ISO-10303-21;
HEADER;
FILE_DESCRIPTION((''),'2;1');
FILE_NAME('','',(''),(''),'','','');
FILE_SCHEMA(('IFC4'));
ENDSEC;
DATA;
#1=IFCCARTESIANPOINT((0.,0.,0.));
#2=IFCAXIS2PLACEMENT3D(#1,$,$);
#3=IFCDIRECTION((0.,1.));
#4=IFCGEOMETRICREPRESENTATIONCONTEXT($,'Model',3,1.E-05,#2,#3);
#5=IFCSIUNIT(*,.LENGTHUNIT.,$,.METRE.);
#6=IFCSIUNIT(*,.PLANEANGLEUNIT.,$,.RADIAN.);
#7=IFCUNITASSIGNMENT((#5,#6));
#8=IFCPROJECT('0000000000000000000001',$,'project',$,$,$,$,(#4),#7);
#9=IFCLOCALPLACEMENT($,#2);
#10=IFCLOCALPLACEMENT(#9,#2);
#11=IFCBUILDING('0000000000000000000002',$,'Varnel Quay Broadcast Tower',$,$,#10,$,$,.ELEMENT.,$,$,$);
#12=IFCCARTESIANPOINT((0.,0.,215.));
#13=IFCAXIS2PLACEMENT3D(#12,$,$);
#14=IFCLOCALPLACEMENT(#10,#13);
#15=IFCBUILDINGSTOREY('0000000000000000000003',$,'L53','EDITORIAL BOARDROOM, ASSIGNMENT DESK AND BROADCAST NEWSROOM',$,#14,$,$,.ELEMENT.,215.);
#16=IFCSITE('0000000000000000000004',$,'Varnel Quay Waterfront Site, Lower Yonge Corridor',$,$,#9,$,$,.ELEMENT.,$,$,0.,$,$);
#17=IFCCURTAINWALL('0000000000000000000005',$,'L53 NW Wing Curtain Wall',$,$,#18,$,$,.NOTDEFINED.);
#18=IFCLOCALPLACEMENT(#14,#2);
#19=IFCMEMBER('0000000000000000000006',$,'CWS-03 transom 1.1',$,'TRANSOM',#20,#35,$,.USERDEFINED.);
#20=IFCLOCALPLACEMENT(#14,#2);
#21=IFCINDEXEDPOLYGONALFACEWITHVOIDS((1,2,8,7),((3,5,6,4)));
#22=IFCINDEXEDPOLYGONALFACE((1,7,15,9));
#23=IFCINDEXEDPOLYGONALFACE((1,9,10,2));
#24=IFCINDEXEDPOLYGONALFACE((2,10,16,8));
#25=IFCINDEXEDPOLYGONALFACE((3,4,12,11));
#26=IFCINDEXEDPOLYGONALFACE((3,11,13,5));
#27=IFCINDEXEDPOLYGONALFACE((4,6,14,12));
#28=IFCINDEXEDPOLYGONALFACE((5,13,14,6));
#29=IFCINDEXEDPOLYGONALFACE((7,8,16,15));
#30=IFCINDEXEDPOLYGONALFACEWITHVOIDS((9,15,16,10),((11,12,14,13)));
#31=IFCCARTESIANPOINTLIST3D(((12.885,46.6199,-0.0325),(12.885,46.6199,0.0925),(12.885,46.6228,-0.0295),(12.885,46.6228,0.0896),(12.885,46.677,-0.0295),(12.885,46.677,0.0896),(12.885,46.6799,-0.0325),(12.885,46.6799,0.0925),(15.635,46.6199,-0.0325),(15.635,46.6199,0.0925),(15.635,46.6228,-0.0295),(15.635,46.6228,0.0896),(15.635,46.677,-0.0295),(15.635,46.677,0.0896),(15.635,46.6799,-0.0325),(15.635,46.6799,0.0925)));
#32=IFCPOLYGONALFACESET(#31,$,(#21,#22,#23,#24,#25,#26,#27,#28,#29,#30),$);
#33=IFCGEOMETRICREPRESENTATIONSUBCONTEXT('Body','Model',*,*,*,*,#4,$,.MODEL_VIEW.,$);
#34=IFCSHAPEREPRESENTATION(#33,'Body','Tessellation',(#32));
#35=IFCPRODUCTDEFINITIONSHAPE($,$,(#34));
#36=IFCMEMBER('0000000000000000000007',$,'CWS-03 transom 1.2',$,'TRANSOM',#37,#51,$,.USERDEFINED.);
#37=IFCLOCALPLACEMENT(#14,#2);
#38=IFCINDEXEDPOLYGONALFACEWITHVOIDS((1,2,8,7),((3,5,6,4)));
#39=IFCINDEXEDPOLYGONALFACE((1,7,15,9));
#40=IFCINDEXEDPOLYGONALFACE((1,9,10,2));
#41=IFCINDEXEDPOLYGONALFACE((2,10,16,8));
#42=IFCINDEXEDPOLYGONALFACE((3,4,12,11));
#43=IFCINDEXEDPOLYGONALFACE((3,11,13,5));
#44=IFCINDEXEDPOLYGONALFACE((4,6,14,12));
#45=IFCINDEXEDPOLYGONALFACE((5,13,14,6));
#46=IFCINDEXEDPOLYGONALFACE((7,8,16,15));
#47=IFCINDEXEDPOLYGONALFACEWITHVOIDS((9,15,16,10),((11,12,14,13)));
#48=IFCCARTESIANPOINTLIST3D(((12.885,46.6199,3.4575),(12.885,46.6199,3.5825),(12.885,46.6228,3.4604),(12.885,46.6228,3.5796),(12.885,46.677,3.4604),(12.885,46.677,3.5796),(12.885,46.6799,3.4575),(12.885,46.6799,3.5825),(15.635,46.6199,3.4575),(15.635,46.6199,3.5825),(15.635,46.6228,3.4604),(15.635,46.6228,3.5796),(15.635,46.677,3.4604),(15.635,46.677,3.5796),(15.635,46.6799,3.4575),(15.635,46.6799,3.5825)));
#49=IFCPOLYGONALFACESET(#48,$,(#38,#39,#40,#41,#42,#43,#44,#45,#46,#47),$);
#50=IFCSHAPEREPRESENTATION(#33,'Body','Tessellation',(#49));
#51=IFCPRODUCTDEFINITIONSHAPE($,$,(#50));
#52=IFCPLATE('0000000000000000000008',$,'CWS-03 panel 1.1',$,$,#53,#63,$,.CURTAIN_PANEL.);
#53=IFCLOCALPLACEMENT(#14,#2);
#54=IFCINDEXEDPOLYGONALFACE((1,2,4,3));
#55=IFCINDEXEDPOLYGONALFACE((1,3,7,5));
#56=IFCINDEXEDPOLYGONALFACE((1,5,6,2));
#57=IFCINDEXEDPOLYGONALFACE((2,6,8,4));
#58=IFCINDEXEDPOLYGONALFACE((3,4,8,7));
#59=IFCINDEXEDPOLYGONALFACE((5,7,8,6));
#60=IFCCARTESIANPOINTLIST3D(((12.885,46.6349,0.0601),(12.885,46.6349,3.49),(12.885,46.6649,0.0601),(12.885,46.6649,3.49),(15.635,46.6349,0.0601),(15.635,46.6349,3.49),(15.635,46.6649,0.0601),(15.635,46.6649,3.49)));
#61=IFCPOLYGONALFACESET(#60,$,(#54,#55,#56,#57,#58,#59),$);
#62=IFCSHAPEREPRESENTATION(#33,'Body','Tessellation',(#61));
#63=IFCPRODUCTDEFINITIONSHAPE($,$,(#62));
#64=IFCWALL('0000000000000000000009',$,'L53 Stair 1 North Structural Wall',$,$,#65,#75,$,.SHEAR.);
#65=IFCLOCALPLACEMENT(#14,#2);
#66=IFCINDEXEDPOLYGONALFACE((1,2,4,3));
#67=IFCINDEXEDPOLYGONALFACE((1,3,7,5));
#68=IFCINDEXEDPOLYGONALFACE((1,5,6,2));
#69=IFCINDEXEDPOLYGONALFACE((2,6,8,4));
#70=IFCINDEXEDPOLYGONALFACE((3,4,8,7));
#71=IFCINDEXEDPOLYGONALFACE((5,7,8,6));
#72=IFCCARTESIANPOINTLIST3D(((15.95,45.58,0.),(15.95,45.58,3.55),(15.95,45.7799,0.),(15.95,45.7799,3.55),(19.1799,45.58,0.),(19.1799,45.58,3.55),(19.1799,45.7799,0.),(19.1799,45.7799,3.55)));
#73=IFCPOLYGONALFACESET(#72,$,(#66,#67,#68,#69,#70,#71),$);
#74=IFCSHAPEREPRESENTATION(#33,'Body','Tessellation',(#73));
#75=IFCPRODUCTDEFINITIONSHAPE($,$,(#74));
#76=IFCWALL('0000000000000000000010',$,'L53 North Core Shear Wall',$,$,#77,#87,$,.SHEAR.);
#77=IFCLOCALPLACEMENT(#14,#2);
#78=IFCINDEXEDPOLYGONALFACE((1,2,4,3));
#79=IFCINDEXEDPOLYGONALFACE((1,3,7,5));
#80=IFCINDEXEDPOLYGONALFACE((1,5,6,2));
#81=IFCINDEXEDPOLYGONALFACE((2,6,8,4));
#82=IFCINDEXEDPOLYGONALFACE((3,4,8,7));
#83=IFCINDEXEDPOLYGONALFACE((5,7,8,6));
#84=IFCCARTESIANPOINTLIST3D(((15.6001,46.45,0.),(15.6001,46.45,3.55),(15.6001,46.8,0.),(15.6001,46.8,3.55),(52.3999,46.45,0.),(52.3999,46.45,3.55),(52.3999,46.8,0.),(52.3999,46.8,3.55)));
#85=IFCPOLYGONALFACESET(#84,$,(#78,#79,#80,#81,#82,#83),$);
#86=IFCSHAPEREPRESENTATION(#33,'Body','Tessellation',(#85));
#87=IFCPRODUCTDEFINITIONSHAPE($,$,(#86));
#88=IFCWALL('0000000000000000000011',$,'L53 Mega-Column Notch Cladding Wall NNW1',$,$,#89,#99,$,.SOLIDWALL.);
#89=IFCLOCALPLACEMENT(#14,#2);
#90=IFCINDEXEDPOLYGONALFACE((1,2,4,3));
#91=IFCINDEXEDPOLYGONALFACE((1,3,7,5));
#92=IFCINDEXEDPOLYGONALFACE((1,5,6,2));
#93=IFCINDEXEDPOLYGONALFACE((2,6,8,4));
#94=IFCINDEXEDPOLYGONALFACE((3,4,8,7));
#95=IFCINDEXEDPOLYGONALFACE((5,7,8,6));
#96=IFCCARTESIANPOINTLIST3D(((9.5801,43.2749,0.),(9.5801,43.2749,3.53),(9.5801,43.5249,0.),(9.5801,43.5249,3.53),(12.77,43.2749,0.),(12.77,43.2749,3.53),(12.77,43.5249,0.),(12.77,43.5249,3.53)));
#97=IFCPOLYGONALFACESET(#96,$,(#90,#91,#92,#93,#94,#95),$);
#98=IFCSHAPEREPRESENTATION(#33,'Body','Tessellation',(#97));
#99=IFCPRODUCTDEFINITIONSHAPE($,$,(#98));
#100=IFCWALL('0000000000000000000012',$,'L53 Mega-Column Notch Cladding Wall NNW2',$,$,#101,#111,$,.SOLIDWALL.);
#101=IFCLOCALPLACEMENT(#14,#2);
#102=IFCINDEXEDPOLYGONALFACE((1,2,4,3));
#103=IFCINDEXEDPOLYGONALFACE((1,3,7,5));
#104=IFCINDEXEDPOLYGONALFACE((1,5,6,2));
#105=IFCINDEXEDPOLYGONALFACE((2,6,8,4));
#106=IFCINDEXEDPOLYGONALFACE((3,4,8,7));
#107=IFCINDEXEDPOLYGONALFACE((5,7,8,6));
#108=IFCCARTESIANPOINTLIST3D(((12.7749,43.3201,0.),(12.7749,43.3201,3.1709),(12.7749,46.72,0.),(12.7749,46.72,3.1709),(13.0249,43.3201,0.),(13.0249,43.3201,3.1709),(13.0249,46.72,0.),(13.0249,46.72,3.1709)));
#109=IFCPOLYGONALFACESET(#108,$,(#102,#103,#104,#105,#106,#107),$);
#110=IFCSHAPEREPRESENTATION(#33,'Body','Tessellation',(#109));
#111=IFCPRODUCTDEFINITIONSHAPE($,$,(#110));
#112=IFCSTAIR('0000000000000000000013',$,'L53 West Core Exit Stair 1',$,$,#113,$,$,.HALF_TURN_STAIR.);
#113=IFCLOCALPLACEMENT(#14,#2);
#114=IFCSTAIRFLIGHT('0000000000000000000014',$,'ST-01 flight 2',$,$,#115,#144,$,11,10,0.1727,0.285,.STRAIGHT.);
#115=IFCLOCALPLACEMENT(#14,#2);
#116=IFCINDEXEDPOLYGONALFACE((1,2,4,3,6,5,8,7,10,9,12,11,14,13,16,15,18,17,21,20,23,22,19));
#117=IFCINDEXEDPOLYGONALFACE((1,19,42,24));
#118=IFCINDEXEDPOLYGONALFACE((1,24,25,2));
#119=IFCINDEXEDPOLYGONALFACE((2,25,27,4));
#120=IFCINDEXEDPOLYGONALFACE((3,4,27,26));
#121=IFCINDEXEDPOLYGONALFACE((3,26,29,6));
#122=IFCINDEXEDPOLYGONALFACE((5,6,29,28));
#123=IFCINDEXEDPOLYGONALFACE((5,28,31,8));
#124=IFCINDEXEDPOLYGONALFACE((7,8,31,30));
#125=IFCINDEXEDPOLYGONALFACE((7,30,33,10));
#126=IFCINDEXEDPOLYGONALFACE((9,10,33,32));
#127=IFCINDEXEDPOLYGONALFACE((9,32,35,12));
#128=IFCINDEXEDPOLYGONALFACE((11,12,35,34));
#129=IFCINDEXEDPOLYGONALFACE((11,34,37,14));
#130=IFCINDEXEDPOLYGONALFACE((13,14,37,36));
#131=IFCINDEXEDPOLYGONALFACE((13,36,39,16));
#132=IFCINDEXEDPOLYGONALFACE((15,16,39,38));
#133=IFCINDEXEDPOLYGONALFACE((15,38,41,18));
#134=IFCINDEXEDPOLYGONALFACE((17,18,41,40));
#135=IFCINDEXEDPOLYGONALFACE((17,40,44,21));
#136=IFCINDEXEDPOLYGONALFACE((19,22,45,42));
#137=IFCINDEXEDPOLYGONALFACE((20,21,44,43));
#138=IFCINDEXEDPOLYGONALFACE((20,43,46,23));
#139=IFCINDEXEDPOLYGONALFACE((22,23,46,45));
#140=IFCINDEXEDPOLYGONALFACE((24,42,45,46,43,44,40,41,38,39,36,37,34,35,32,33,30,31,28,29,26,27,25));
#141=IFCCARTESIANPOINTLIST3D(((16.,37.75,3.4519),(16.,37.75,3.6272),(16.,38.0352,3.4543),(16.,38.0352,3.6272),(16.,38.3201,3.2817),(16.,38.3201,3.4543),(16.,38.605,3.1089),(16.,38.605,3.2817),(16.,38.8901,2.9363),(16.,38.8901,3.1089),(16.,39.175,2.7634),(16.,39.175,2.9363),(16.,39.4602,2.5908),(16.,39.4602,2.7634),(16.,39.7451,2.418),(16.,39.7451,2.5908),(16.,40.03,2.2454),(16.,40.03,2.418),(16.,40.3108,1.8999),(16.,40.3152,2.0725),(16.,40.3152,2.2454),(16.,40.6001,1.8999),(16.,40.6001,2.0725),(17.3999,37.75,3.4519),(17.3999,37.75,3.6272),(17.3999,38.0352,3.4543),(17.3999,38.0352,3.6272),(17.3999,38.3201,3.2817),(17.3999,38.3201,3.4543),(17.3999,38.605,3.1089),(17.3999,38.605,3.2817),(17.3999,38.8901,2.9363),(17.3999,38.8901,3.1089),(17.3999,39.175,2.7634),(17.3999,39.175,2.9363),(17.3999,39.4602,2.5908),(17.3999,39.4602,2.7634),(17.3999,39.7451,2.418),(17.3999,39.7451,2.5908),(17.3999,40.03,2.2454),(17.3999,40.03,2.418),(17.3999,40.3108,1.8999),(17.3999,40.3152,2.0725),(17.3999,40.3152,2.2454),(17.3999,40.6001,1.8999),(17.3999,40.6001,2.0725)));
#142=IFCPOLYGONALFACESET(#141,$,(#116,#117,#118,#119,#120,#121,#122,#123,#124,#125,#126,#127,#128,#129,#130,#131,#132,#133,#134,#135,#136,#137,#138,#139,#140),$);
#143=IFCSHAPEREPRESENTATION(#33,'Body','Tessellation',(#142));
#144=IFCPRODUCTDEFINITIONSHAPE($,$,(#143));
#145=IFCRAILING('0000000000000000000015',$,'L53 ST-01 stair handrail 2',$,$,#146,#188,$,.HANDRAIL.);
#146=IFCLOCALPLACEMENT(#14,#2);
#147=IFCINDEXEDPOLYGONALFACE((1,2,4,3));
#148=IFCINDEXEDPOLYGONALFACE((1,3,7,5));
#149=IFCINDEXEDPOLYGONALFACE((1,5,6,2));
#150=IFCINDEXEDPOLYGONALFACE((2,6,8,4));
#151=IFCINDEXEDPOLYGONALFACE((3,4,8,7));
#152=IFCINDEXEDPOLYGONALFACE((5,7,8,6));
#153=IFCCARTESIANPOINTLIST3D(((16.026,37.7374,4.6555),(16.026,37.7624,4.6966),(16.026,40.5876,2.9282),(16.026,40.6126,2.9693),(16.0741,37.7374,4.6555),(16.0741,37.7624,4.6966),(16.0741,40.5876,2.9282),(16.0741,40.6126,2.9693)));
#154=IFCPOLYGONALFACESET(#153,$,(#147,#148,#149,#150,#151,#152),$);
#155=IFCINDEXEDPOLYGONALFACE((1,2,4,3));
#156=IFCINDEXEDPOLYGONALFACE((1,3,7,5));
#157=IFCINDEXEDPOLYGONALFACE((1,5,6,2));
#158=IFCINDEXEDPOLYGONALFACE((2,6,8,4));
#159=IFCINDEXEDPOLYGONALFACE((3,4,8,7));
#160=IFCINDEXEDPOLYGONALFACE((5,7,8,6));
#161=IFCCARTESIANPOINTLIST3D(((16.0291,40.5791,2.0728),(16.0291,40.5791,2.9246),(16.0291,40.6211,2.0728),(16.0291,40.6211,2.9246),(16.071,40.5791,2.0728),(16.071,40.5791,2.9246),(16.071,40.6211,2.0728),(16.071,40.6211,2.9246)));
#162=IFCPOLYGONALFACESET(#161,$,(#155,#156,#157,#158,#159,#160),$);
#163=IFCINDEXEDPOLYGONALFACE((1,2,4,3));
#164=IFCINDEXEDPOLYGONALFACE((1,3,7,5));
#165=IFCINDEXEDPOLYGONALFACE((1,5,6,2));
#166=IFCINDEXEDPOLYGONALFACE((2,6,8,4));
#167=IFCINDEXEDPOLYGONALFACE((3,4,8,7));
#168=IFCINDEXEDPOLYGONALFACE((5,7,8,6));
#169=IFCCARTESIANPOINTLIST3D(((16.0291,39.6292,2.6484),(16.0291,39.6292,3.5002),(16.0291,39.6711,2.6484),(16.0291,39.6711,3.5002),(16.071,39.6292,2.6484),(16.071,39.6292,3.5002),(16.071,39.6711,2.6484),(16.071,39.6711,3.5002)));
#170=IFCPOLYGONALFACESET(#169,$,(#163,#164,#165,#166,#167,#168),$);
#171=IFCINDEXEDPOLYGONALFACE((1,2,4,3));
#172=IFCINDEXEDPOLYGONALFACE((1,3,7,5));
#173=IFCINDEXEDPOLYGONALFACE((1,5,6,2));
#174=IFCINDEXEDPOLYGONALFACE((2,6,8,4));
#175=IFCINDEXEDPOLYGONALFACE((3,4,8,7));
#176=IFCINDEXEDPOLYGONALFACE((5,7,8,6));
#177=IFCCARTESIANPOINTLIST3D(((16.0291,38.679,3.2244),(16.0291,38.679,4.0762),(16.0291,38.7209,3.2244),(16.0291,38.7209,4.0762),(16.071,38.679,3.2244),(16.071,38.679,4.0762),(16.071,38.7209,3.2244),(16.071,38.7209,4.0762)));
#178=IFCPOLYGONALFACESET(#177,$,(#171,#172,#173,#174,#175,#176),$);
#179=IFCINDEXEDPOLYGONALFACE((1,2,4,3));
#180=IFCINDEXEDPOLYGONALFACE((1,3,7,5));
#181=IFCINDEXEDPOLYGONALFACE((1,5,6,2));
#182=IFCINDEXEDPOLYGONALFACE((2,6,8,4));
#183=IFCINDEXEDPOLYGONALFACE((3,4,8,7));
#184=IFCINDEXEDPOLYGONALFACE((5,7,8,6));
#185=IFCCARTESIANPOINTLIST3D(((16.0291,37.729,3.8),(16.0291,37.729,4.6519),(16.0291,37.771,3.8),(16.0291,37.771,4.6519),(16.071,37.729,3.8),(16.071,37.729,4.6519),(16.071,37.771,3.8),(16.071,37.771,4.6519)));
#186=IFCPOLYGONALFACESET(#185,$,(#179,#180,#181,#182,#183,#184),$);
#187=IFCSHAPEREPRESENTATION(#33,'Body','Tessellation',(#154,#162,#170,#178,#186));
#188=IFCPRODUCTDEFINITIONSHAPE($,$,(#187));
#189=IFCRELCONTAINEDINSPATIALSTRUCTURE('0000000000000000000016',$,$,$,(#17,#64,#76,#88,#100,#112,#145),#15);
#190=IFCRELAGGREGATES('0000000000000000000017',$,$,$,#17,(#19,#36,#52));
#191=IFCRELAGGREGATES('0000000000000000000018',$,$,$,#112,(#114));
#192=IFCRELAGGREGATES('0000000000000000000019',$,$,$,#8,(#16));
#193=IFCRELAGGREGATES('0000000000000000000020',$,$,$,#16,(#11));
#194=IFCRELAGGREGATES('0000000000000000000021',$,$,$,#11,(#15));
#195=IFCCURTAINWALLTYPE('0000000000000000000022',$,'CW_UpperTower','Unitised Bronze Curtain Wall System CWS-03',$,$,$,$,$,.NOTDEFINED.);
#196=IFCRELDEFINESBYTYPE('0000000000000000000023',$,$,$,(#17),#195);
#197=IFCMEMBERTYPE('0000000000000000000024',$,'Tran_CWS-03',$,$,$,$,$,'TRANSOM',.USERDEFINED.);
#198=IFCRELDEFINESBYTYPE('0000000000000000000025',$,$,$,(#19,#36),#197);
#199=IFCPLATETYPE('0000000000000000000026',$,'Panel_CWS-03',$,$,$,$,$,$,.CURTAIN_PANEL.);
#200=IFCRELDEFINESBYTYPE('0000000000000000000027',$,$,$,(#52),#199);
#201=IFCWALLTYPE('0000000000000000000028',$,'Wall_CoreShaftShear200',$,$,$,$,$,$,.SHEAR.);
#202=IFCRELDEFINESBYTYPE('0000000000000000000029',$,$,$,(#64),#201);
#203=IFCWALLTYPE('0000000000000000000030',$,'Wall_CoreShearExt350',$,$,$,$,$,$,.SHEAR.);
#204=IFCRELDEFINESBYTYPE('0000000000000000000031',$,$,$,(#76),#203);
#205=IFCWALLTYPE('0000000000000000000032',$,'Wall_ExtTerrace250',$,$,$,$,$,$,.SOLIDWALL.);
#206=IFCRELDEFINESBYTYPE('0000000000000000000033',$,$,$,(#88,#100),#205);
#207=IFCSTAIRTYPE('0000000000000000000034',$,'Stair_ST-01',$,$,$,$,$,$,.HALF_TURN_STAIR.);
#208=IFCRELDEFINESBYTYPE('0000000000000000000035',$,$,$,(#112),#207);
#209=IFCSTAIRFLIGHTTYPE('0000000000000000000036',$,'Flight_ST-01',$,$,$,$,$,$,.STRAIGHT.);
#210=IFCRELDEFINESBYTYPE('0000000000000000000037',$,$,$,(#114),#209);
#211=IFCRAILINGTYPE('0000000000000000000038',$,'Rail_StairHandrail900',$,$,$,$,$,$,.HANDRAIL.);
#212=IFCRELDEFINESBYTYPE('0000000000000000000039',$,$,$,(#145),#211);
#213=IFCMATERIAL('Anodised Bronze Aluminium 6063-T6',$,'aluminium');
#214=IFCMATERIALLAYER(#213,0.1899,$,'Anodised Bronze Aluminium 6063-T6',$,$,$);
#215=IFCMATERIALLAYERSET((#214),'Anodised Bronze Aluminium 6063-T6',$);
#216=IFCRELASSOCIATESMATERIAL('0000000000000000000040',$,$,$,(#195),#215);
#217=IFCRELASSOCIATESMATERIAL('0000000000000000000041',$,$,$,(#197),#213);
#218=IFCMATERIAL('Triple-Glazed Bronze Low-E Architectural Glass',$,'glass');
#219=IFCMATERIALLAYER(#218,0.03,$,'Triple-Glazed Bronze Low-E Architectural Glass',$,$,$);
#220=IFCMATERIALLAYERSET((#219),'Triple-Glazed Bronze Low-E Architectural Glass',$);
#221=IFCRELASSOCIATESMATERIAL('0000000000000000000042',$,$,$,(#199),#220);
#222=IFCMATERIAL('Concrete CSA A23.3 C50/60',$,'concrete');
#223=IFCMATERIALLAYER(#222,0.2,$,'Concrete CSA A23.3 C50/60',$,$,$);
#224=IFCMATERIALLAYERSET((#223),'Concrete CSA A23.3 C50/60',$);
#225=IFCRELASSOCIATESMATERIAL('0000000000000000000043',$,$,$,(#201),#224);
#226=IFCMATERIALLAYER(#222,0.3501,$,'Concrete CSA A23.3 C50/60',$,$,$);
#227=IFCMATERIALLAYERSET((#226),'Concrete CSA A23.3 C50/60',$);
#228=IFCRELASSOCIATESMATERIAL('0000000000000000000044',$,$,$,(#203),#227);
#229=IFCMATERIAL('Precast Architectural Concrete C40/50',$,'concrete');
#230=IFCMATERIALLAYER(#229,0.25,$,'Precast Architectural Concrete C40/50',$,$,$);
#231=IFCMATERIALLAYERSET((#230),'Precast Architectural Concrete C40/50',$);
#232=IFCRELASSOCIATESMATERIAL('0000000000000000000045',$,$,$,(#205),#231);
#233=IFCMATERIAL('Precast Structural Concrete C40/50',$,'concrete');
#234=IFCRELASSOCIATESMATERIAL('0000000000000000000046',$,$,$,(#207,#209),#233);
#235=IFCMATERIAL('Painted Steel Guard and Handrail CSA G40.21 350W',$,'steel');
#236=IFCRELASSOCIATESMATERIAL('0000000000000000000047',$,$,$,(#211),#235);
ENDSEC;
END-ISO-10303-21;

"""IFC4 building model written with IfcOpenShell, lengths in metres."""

from ifc_helpers import new_model, si_unit, direction, frame, frame_2d, origin, origin_2d, place, context, subcontext, project, spatial, polyline, rectangle, hollow_rectangle, outline, extrude, source, transform, mapped, material, layer, layer_set, material_profile, profile_set, type_object, type_shapes, element, aggregate, save


model = new_model("IFC4")

# Units and contexts
model_context = context("Model", 3, precision=1e-05, world=origin(), true_north=direction((0.0, 1.0)))
body_context = subcontext(model_context, "Body", "Model", "MODEL_VIEW")
ifc_project = project(units=[si_unit("LENGTHUNIT", "METRE"), si_unit("PLANEANGLEUNIT", "RADIAN")], contexts=[model_context])

# Site, building, storey
site_placement = place(None, origin())
site = spatial("IfcSite", under=ifc_project, at=site_placement, Name="Varnel Quay Waterfront Site, Lower Yonge Corridor", CompositionType="ELEMENT", RefElevation=0.0)
building_placement = place(site_placement, origin())
building = spatial("IfcBuilding", under=site, at=building_placement, Name="Varnel Quay Broadcast Tower", CompositionType="ELEMENT")
storey_placement = place(building_placement, frame((0.0, 0.0, 215.0)))
storey = spatial("IfcBuildingStorey", under=building, at=storey_placement, Name="L53", Description="EDITORIAL BOARDROOM, ASSIGNMENT DESK AND BROADCAST NEWSROOM", CompositionType="ELEMENT", Elevation=215.0)

# Shared definitions
ifc_material_1 = material(Name="Anodised Bronze Aluminium 6063-T6", Category="aluminium")
ifc_layer_1 = layer(ifc_material_1, 0.1899, Name="Anodised Bronze Aluminium 6063-T6")
ifc_layer_set_1 = layer_set([ifc_layer_1], Name="Anodised Bronze Aluminium 6063-T6")
curtain_wall_type = type_object("IfcCurtainWallType", Name="CW_UpperTower", Description="Unitised Bronze Curtain Wall System CWS-03", PredefinedType="NOTDEFINED", material=ifc_layer_set_1)

# Curtain wall, members, plate
curtain_wall_1_placement = place(storey_placement, origin())
curtain_wall_1 = element("IfcCurtainWall", 1, at=curtain_wall_1_placement, inside=storey, type_object=curtain_wall_type, Name="L53 NW Wing Curtain Wall", PredefinedType="NOTDEFINED")
ifc_material_profile_1 = material_profile(ifc_material_1, hollow_rectangle(XDim=0.0601, YDim=0.125, WallThickness=0.0029, at=origin_2d()), Name="ALU60X125X3")
ifc_profile_set_1 = profile_set([ifc_material_profile_1], Name="Anodised Bronze Aluminium 6063-T6")
member_type_1 = type_object("IfcMemberType", Name="Tran_CWS-03", ElementType="TRANSOM", PredefinedType="USERDEFINED", material=ifc_profile_set_1)
shared_shape_1 = source(origin(), body_context, "Body", "SweptSolid", [
    extrude(hollow_rectangle(XDim=0.0601, YDim=0.125, WallThickness=0.0029, at=origin_2d()), origin(), (0.0, 0.0, 1.0), 2.75),
])
type_shapes(member_type_1, [shared_shape_1])
member_1_placement = place(storey_placement, frame((12.885, 46.6499, 0.03), z_axis=(1.0, 0.0, 0.0), x_axis=(0.0, 1.0, 0.0)))
member_1 = element("IfcMember", 2, at=member_1_placement, type_object=member_type_1, Name="CWS-03 transom 1.1", ObjectType="TRANSOM", PredefinedType="USERDEFINED", context=body_context, shape_type="MappedRepresentation", body=[
    mapped(shared_shape_1, transform((0.0, 0.0, 0.0), x_axis=(1.0, 0.0, 0.0), y_axis=(0.0, 1.0, 0.0), z_axis=(0.0, 0.0, 1.0), scale=1.0)),
])
member_2_placement = place(storey_placement, frame((12.885, 46.6499, 3.52), z_axis=(1.0, 0.0, 0.0), x_axis=(0.0, 1.0, 0.0)))
member_2 = element("IfcMember", 3, at=member_2_placement, type_object=member_type_1, Name="CWS-03 transom 1.2", ObjectType="TRANSOM", PredefinedType="USERDEFINED", context=body_context, shape_type="MappedRepresentation", body=[
    mapped(shared_shape_1, transform((0.0, 0.0, 0.0), x_axis=(1.0, 0.0, 0.0), y_axis=(0.0, 1.0, 0.0), z_axis=(0.0, 0.0, 1.0), scale=1.0)),
])
ifc_material_2 = material(Name="Triple-Glazed Bronze Low-E Architectural Glass", Category="glass")
ifc_layer_2 = layer(ifc_material_2, 0.03, Name="Triple-Glazed Bronze Low-E Architectural Glass")
ifc_layer_set_2 = layer_set([ifc_layer_2], Name="Triple-Glazed Bronze Low-E Architectural Glass")
plate_type = type_object("IfcPlateType", Name="Panel_CWS-03", PredefinedType="CURTAIN_PANEL", material=ifc_layer_set_2)
shared_shape_2 = source(origin(), body_context, "Body", "SweptSolid", [
    extrude(rectangle(XDim=2.75, YDim=0.03, at=origin_2d()), origin(), (0.0, 0.0, 1.0), 3.4299),
])
type_shapes(plate_type, [shared_shape_2])
plate_placement = place(storey_placement, frame((14.26, 46.6499, 0.0601), z_axis=(0.0, 0.0, 1.0), x_axis=(1.0, 0.0, 0.0)))
plate = element("IfcPlate", 4, at=plate_placement, type_object=plate_type, Name="CWS-03 panel 1.1", PredefinedType="CURTAIN_PANEL", context=body_context, shape_type="MappedRepresentation", body=[
    mapped(shared_shape_2, transform((0.0, 0.0, 0.0), x_axis=(1.0, 0.0, 0.0), y_axis=(0.0, 1.0, 0.0), z_axis=(0.0, 0.0, 1.0), scale=1.0)),
])
aggregate(curtain_wall_1, [member_1, member_2, plate])

# Walls
ifc_material_3 = material(Name="Concrete CSA A23.3 C50/60", Category="concrete")
ifc_layer_3 = layer(ifc_material_3, 0.2, Name="Concrete CSA A23.3 C50/60")
ifc_layer_set_3 = layer_set([ifc_layer_3], Name="Concrete CSA A23.3 C50/60")
wall_type_1 = type_object("IfcWallType", Name="Wall_CoreShaftShear200", PredefinedType="SHEAR", material=ifc_layer_set_3)
wall_1_placement = place(storey_placement, frame((15.95, 45.6799, 0.0), z_axis=(0.0, 0.0, 1.0), x_axis=(1.0, 0.0, 0.0)))
element("IfcWall", 5, at=wall_1_placement, inside=storey, type_object=wall_type_1, Name="L53 Stair 1 North Structural Wall", PredefinedType="SHEAR", context=body_context, shape_type="SweptSolid", body=[
    extrude(rectangle(XDim=3.23, YDim=0.2, at=frame_2d((1.615, 0.0))), origin(), (0.0, 0.0, 1.0), 3.55),
])
ifc_layer_4 = layer(ifc_material_3, 0.3501, Name="Concrete CSA A23.3 C50/60")
ifc_layer_set_4 = layer_set([ifc_layer_4], Name="Concrete CSA A23.3 C50/60")
wall_type_2 = type_object("IfcWallType", Name="Wall_CoreShearExt350", PredefinedType="SHEAR", material=ifc_layer_set_4)
wall_2_placement = place(storey_placement, frame((15.6001, 46.625, 0.0), z_axis=(0.0, 0.0, 1.0), x_axis=(1.0, 0.0, 0.0)))
element("IfcWall", 6, at=wall_2_placement, inside=storey, type_object=wall_type_2, Name="L53 North Core Shear Wall", PredefinedType="SHEAR", context=body_context, shape_type="SweptSolid", body=[
    extrude(rectangle(XDim=36.7998, YDim=0.3501, at=frame_2d((18.3999, 0.0))), origin(), (0.0, 0.0, 1.0), 3.55),
])
ifc_material_4 = material(Name="Precast Architectural Concrete C40/50", Category="concrete")
ifc_layer_5 = layer(ifc_material_4, 0.25, Name="Precast Architectural Concrete C40/50")
ifc_layer_set_5 = layer_set([ifc_layer_5], Name="Precast Architectural Concrete C40/50")
wall_type_3 = type_object("IfcWallType", Name="Wall_ExtTerrace250", PredefinedType="SOLIDWALL", material=ifc_layer_set_5)
wall_3_placement = place(storey_placement, frame((9.5801, 43.3999, 0.0), z_axis=(0.0, 0.0, 1.0), x_axis=(1.0, 0.0, 0.0)))
element("IfcWall", 7, at=wall_3_placement, inside=storey, type_object=wall_type_3, Name="L53 Mega-Column Notch Cladding Wall NNW1", PredefinedType="SOLIDWALL", context=body_context, shape_type="SweptSolid", body=[
    extrude(rectangle(XDim=3.1899, YDim=0.25, at=frame_2d((1.595, 0.0))), origin(), (0.0, 0.0, 1.0), 3.53),
])
wall_4_placement = place(storey_placement, frame((12.8999, 43.3201, 0.0), z_axis=(0.0, 0.0, 1.0), x_axis=(0.0, 1.0, 0.0)))
element("IfcWall", 8, at=wall_4_placement, inside=storey, type_object=wall_type_3, Name="L53 Mega-Column Notch Cladding Wall NNW2", PredefinedType="SOLIDWALL", context=body_context, shape_type="SweptSolid", body=[
    extrude(rectangle(XDim=3.3999, YDim=0.25, at=frame_2d((1.7, 0.0))), origin(), (0.0, 0.0, 1.0), 3.1709),
])

# Stair, stair flight
ifc_material_5 = material(Name="Precast Structural Concrete C40/50", Category="concrete")
stair_type = type_object("IfcStairType", Name="Stair_ST-01", PredefinedType="HALF_TURN_STAIR", material=ifc_material_5)
stair_placement = place(storey_placement, origin())
stair = element("IfcStair", 9, at=stair_placement, inside=storey, type_object=stair_type, Name="L53 West Core Exit Stair 1", PredefinedType="HALF_TURN_STAIR")
stair_flight_type = type_object("IfcStairFlightType", Name="Flight_ST-01", PredefinedType="STRAIGHT", material=ifc_material_5)
stair_flight_placement = place(storey_placement, frame((16.7, 40.6001, 1.8999), z_axis=(0.0, 0.0, 1.0), x_axis=(0.0, -1.0, 0.0)))
stair_flight = element("IfcStairFlight", 10, at=stair_flight_placement, type_object=stair_flight_type, Name="ST-01 flight 2", NumberOfRisers=11, NumberOfTreads=10, PredefinedType="STRAIGHT", RiserHeight=0.1727, TreadLength=0.285, context=body_context, shape_type="SweptSolid", body=[
    extrude(outline(polyline([(0.0, 0.0), (0.0, 0.1726), (0.2849, 0.1726), (0.2849, 0.3455), (0.5701, 0.3455), (0.5701, 0.5181), (0.855, 0.5181), (0.855, 0.6909), (1.1399, 0.6909), (1.1399, 0.8635), (1.425, 0.8635), (1.425, 1.0364), (1.71, 1.0364), (1.71, 1.209), (1.9951, 1.209), (1.9951, 1.3818), (2.28, 1.3818), (2.28, 1.5544), (2.5649, 1.5544), (2.5649, 1.7273), (2.8501, 1.7273), (2.8501, 1.8999), (2.8501, 1.552), (0.2893, 0.0), (0.0, 0.0)])), frame((0.0, 0.7, 0.0), z_axis=(0.0, -1.0, 0.0), x_axis=(1.0, 0.0, 0.0)), (0.0, 0.0, 1.0), 1.3999),
])
aggregate(stair, [stair_flight])

# Railing
ifc_material_6 = material(Name="Painted Steel Guard and Handrail CSA G40.21 350W", Category="steel")
railing_type = type_object("IfcRailingType", Name="Rail_StairHandrail900", PredefinedType="HANDRAIL", material=ifc_material_6)
railing_placement = place(storey_placement, frame((16.05, 40.6001, 2.0728)))
element("IfcRailing", 11, at=railing_placement, inside=storey, type_object=railing_type, Name="L53 ST-01 stair handrail 2", PredefinedType="HANDRAIL", context=body_context, shape_type="SweptSolid", body=[
    extrude(rectangle(XDim=0.0481, YDim=0.0481, at=origin_2d()), frame((0.0, 0.0, 0.876), z_axis=(0.0, -0.855203, 0.518294), x_axis=(1.0, 0.0, 0.0)), (0.0, 0.0, 1.0), 3.3328),
    extrude(rectangle(XDim=0.042, YDim=0.042, at=origin_2d()), origin(), (0.0, 0.0, 1.0), 0.8518),
    extrude(rectangle(XDim=0.042, YDim=0.042, at=origin_2d()), frame((0.0, -0.95, 0.5757)), (0.0, 0.0, 1.0), 0.8518),
    extrude(rectangle(XDim=0.042, YDim=0.042, at=origin_2d()), frame((0.0, -1.9001, 1.1516)), (0.0, 0.0, 1.0), 0.8518),
    extrude(rectangle(XDim=0.042, YDim=0.042, at=origin_2d()), frame((0.0, -2.8501, 1.7273)), (0.0, 0.0, 1.0), 0.8518),
])

save(model, "model.ifc")
